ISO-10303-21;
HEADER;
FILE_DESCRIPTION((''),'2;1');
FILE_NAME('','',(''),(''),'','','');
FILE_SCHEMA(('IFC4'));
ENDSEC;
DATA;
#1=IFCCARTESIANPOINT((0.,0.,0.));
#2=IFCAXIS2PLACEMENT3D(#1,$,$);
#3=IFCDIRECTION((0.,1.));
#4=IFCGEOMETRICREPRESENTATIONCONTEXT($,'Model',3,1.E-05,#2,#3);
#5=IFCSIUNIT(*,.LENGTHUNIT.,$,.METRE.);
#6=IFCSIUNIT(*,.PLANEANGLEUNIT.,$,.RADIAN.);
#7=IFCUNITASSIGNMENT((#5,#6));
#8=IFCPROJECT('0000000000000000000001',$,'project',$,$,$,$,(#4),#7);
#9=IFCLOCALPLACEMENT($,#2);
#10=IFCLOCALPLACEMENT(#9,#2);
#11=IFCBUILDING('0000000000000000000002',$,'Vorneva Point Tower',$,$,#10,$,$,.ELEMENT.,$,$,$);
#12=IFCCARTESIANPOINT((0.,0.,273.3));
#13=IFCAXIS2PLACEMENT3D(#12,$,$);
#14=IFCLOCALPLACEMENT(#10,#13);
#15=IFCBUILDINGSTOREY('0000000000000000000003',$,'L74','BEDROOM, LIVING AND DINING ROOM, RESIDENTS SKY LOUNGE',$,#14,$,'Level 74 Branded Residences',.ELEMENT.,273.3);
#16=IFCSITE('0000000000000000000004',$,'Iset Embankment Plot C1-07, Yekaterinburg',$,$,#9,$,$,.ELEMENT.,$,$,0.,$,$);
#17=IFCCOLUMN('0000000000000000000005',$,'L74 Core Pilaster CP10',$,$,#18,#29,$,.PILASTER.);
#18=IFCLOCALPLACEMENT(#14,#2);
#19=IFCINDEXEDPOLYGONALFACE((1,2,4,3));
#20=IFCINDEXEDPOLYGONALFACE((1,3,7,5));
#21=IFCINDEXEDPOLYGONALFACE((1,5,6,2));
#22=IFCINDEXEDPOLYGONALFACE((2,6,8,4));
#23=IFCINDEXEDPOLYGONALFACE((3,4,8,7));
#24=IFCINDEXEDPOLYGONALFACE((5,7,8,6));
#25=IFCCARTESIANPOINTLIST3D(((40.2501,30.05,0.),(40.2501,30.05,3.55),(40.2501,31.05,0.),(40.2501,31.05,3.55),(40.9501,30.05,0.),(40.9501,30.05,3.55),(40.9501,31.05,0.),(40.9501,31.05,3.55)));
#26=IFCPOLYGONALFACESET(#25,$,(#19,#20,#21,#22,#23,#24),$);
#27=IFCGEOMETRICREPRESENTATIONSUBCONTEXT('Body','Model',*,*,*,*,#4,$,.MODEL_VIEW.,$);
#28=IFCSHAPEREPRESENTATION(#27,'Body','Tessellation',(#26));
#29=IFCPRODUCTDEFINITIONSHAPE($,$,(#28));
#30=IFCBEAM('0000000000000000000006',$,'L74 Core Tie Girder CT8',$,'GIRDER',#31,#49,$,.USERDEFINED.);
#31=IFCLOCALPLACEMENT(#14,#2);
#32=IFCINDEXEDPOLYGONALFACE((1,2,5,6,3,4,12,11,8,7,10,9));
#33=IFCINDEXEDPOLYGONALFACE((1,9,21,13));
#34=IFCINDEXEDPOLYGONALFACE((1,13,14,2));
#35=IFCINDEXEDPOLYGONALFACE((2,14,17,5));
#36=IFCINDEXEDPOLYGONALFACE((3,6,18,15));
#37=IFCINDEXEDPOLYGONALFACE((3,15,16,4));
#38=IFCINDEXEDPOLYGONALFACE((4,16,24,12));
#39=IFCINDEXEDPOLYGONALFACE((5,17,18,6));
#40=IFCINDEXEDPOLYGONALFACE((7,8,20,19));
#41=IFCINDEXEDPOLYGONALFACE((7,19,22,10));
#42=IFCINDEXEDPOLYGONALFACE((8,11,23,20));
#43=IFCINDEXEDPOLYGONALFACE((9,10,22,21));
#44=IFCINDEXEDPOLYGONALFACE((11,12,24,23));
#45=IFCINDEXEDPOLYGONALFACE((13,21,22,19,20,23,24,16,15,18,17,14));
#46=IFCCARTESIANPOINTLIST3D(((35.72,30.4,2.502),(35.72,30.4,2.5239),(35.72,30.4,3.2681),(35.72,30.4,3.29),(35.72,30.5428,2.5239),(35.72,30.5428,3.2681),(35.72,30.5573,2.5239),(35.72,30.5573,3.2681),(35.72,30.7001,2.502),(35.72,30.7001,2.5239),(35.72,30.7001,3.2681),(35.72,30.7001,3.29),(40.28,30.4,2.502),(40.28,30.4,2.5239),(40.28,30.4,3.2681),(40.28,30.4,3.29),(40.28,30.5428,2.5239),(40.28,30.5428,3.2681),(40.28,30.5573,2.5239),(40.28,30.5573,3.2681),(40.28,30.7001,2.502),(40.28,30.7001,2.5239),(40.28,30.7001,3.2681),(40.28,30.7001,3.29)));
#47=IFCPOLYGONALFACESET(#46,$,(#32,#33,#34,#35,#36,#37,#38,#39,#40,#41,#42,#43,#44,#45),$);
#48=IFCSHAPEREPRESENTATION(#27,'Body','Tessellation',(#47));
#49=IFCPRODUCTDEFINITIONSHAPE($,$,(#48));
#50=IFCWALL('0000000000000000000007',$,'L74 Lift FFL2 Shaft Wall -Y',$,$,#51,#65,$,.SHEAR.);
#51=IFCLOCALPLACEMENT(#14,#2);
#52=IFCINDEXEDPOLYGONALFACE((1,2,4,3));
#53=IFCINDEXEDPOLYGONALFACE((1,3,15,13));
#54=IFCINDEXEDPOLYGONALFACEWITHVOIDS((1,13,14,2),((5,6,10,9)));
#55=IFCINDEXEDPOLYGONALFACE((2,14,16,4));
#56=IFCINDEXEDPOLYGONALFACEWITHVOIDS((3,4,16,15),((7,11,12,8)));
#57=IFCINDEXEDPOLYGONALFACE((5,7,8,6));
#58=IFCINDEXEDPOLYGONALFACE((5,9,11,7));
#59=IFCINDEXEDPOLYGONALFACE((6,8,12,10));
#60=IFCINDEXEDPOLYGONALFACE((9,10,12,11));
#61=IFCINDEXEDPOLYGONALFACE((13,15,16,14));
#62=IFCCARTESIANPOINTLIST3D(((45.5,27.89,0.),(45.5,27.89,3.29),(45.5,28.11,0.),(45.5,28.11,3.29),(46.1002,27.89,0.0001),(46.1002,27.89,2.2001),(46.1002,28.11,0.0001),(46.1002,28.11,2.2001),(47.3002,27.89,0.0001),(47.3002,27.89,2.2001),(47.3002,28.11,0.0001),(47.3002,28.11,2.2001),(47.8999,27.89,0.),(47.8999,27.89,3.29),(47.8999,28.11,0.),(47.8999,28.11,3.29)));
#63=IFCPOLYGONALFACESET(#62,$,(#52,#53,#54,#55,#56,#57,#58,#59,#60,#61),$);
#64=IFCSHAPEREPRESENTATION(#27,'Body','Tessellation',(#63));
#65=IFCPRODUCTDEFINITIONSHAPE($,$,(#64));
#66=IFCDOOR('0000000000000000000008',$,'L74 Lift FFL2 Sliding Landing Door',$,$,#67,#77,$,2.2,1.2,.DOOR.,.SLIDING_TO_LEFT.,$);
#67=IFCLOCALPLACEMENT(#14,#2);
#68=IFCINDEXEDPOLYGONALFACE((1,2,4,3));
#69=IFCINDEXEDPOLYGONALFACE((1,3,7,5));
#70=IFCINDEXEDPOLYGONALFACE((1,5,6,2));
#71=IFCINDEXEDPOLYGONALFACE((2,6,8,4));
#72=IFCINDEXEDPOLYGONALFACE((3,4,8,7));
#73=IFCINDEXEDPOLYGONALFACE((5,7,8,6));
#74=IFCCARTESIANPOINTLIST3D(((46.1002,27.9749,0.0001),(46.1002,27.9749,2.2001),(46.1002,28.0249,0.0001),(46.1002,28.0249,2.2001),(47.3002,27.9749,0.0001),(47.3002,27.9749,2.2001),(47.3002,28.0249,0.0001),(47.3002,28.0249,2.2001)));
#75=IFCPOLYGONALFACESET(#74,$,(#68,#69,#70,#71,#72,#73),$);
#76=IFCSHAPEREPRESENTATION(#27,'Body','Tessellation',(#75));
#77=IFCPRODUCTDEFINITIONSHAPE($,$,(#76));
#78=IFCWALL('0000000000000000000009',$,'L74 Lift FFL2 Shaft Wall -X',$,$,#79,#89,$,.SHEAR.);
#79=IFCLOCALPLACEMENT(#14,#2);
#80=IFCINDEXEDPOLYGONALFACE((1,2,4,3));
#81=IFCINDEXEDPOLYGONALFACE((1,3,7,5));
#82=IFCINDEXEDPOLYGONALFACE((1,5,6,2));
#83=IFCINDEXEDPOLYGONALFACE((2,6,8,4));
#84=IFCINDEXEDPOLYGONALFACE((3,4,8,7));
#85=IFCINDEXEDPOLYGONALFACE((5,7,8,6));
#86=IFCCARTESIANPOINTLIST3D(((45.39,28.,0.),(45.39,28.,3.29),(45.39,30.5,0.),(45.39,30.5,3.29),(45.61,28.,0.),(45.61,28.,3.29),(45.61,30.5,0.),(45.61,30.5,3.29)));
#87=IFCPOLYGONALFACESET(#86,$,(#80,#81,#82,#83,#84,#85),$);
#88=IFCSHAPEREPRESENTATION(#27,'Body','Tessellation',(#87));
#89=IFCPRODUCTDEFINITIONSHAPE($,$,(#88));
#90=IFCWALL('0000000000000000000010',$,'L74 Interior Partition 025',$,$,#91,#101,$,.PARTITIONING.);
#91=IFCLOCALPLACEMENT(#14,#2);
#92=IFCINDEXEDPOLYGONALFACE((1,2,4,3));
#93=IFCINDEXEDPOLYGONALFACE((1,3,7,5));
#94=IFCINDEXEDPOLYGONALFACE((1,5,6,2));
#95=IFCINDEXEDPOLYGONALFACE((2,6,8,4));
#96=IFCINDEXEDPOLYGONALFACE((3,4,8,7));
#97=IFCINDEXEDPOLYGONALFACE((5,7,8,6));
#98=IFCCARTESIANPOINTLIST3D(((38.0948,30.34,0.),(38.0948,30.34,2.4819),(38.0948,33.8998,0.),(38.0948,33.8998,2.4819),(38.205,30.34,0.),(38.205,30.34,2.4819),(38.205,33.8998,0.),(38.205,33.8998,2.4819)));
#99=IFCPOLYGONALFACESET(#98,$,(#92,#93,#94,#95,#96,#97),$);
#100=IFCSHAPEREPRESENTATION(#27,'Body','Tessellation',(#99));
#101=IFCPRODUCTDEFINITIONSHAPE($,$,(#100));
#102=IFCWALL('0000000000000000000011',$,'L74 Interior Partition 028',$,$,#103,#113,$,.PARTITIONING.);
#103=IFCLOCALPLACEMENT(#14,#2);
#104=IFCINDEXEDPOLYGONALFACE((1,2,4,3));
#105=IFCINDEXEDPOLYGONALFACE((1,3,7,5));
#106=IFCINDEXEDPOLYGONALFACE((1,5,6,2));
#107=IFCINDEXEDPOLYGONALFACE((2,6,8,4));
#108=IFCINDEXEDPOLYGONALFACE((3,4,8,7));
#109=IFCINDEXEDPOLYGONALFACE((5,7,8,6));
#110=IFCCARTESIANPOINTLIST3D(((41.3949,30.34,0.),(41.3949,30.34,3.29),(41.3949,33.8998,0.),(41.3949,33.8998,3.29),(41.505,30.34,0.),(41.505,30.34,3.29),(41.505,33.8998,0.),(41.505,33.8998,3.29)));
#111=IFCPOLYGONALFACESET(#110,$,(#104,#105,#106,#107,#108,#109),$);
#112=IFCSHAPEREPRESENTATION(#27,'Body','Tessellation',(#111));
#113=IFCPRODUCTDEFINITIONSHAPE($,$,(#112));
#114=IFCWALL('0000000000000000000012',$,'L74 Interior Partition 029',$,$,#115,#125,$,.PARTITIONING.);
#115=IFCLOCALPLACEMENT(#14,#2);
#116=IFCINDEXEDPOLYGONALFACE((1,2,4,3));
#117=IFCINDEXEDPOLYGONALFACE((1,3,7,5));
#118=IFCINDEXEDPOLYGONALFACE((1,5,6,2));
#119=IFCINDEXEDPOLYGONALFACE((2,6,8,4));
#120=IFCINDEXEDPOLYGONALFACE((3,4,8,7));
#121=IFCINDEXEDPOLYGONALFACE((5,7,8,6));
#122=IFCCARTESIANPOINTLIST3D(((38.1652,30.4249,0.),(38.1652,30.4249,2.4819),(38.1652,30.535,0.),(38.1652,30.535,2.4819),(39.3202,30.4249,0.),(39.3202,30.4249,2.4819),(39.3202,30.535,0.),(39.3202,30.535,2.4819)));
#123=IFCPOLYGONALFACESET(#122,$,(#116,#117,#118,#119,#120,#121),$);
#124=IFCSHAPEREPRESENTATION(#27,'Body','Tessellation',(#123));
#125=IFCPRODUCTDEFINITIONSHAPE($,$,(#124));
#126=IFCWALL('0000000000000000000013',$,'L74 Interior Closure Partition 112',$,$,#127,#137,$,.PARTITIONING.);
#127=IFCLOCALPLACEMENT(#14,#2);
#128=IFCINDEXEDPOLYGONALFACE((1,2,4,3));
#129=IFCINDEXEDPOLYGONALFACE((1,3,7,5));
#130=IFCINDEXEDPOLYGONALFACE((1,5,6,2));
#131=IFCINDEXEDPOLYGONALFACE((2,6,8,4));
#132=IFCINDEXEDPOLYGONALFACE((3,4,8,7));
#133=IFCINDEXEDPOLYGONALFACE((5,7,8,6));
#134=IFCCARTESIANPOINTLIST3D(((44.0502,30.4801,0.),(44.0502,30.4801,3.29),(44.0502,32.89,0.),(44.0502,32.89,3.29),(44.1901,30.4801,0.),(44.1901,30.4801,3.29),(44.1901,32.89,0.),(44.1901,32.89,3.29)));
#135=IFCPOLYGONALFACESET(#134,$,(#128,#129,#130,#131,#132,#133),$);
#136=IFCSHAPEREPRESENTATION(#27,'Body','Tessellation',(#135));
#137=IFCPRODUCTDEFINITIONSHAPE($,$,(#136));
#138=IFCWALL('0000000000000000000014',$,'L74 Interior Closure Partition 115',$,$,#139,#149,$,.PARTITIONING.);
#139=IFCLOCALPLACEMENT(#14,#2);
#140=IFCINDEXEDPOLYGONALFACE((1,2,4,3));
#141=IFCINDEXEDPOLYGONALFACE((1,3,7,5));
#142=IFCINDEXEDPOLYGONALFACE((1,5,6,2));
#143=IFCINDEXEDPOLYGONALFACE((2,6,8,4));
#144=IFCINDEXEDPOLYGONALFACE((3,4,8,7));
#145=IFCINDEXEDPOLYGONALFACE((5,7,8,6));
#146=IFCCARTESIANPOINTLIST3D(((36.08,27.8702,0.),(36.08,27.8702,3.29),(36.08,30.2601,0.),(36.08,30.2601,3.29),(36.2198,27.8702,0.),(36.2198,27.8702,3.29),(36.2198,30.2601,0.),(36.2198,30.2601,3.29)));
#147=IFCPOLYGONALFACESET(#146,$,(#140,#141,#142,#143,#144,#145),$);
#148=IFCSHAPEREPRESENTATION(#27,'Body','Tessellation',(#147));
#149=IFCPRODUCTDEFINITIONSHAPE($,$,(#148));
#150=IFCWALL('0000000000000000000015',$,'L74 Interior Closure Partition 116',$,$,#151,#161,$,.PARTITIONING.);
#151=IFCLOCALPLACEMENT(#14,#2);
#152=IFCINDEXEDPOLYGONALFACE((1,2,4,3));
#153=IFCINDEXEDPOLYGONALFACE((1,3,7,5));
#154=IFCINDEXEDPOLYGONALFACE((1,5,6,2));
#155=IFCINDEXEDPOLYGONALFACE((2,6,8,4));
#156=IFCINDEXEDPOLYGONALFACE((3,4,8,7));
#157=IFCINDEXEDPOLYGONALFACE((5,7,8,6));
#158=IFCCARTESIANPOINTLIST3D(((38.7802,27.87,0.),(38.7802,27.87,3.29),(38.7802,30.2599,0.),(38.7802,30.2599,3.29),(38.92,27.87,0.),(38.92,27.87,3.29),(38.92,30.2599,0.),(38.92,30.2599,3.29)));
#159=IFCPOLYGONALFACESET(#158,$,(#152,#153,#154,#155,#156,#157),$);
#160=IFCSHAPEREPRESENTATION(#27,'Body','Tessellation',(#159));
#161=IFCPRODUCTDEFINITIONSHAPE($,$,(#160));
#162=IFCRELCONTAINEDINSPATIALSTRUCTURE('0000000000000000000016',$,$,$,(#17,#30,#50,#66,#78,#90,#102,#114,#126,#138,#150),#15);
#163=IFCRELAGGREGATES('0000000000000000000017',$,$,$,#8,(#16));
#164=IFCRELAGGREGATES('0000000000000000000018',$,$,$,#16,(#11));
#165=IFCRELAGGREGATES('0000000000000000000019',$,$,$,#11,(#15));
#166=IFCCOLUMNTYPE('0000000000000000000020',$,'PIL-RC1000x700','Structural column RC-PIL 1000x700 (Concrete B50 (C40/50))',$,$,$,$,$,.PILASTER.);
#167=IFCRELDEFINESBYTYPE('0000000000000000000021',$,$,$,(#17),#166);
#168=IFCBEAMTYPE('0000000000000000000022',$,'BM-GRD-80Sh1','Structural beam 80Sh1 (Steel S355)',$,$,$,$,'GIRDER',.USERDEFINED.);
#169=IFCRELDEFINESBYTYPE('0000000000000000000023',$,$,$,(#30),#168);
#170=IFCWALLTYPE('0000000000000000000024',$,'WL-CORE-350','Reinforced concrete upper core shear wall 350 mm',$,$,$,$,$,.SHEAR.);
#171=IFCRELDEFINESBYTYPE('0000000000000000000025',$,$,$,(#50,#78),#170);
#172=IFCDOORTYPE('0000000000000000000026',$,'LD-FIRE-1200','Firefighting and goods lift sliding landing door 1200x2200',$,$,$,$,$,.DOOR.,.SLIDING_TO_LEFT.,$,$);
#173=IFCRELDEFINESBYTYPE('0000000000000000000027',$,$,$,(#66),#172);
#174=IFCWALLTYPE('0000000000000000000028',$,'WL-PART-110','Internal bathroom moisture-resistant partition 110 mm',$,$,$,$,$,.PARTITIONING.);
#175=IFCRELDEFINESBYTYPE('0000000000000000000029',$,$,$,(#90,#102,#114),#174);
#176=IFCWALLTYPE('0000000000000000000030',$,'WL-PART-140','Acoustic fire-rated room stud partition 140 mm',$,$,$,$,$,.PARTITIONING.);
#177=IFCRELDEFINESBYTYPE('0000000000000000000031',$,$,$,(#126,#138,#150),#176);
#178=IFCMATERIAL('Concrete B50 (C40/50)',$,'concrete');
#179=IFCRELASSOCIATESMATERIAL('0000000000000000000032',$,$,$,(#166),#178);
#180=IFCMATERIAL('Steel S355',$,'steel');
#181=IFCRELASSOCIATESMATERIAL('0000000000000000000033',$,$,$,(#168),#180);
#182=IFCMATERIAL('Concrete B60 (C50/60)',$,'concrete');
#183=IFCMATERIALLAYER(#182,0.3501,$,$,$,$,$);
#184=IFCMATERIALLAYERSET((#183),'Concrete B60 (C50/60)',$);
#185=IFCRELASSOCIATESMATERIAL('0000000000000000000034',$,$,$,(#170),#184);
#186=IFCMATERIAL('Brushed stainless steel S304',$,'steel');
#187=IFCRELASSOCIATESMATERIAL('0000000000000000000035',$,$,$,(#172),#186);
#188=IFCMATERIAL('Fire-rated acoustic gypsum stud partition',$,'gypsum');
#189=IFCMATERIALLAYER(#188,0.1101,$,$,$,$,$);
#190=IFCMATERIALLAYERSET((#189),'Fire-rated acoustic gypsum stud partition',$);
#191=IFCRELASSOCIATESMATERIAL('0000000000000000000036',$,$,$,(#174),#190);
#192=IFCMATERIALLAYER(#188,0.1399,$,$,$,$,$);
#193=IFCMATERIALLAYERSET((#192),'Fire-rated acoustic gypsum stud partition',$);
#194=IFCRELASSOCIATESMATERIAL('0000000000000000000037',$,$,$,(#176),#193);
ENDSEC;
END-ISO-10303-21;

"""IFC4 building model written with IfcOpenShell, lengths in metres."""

from ifc_helpers import new_model, si_unit, direction, frame, frame_2d, origin, origin_2d, place, context, subcontext, project, spatial, rectangle, i_section, extrude, material, layer, layer_set, material_profile, profile_set, type_object, element, fill, save


model = new_model("IFC4")

# Units and contexts
model_context = context("Model", 3, precision=1e-05, world=origin(), true_north=direction((0.0, 1.0)))
body_context = subcontext(model_context, "Body", "Model", "MODEL_VIEW")
ifc_project = project(units=[si_unit("LENGTHUNIT", "METRE"), si_unit("PLANEANGLEUNIT", "RADIAN")], contexts=[model_context])

# Site, building, storey
site_placement = place(None, origin())
site = spatial("IfcSite", under=ifc_project, at=site_placement, Name="Iset Embankment Plot C1-07, Yekaterinburg", CompositionType="ELEMENT", RefElevation=0.0)
building_placement = place(site_placement, origin())
building = spatial("IfcBuilding", under=site, at=building_placement, Name="Vorneva Point Tower", CompositionType="ELEMENT")
storey_placement = place(building_placement, frame((0.0, 0.0, 273.3)))
storey = spatial("IfcBuildingStorey", under=building, at=storey_placement, Name="L74", Description="BEDROOM, LIVING AND DINING ROOM, RESIDENTS SKY LOUNGE", LongName="Level 74 Branded Residences", CompositionType="ELEMENT", Elevation=273.3)

# Column
ifc_material_1 = material(Name="Concrete B50 (C40/50)", Category="concrete")
ifc_material_profile_1 = material_profile(ifc_material_1, rectangle(XDim=0.7, YDim=1.0, at=origin_2d()), Name="RC-PIL 1000x700")
ifc_profile_set_1 = profile_set([ifc_material_profile_1], Name="Concrete B50 (C40/50)")
column_type = type_object("IfcColumnType", Name="PIL-RC1000x700", Description="Structural column RC-PIL 1000x700 (Concrete B50 (C40/50))", PredefinedType="PILASTER", material=ifc_profile_set_1)
column_placement = place(storey_placement, frame((40.6001, 30.55, 0.0), z_axis=(0.0, 0.0, 1.0), x_axis=(1.0, 0.0, 0.0)))
element("IfcColumn", 1, at=column_placement, inside=storey, type_object=column_type, Name="L74 Core Pilaster CP10", PredefinedType="PILASTER", context=body_context, shape_type="SweptSolid", body=[
    extrude(rectangle(XDim=0.7, YDim=1.0, at=origin_2d()), origin(), (0.0, 0.0, 1.0), 3.55),
])

# Beam
ifc_material_2 = material(Name="Steel S355", Category="steel")
ifc_material_profile_2 = material_profile(ifc_material_2, i_section(OverallWidth=0.3, OverallDepth=0.7881, WebThickness=0.0144, FlangeThickness=0.022, at=origin_2d()), Name="80Sh1")
ifc_profile_set_2 = profile_set([ifc_material_profile_2], Name="Steel S355")
beam_type = type_object("IfcBeamType", Name="BM-GRD-80Sh1", Description="Structural beam 80Sh1 (Steel S355)", ElementType="GIRDER", PredefinedType="USERDEFINED", material=ifc_profile_set_2)
beam_placement = place(storey_placement, frame((35.72, 30.55, 2.896), z_axis=(1.0, 0.0, 0.0), x_axis=(0.0, 1.0, 0.0)))
element("IfcBeam", 2, at=beam_placement, inside=storey, type_object=beam_type, Name="L74 Core Tie Girder CT8", ObjectType="GIRDER", PredefinedType="USERDEFINED", context=body_context, shape_type="SweptSolid", body=[
    extrude(i_section(OverallWidth=0.3, OverallDepth=0.7881, WebThickness=0.0144, FlangeThickness=0.022, at=origin_2d()), origin(), (0.0, 0.0, 1.0), 4.5601),
])

# Wall, opening, door
ifc_material_3 = material(Name="Concrete B60 (C50/60)", Category="concrete")
ifc_layer_1 = layer(ifc_material_3, 0.3501)
ifc_layer_set_1 = layer_set([ifc_layer_1], Name="Concrete B60 (C50/60)")
wall_type_1 = type_object("IfcWallType", Name="WL-CORE-350", Description="Reinforced concrete upper core shear wall 350 mm", PredefinedType="SHEAR", material=ifc_layer_set_1)
wall_1_placement = place(storey_placement, frame((45.5, 28.0, 0.0), z_axis=(0.0, 0.0, 1.0), x_axis=(1.0, 0.0, 0.0)))
wall_1 = element("IfcWall", 3, at=wall_1_placement, inside=storey, type_object=wall_type_1, Name="L74 Lift FFL2 Shaft Wall -Y", PredefinedType="SHEAR", context=body_context, shape_type="SweptSolid", body=[
    extrude(rectangle(XDim=2.3999, YDim=0.22, at=frame_2d((1.2, 0.0))), origin(), (0.0, 0.0, 1.0), 3.29),
])
opening_1_placement = place(wall_1_placement, frame((0.6001, 0.0, 0.0)))
opening_1 = element("IfcOpeningElement", 4, at=opening_1_placement, cuts=wall_1, PredefinedType="OPENING", context=body_context, shape_type="SweptSolid", body=[
    extrude(rectangle(XDim=1.2, YDim=2.2, at=frame_2d((0.6001, 1.1001))), frame((0.0, 0.125, 0.0), z_axis=(0.0, -1.0, 0.0), x_axis=(1.0, 0.0, 0.0)), (0.0, 0.0, 1.0), 0.2498),
])
ifc_material_4 = material(Name="Brushed stainless steel S304", Category="steel")
door_type_1 = type_object("IfcDoorType", Name="LD-FIRE-1200", Description="Firefighting and goods lift sliding landing door 1200x2200", OperationType="SLIDING_TO_LEFT", PredefinedType="DOOR", material=ifc_material_4)
door_1_placement = place(opening_1_placement, origin())
door_1 = element("IfcDoor", 5, at=door_1_placement, inside=storey, type_object=door_type_1, Name="L74 Lift FFL2 Sliding Landing Door", OperationType="SLIDING_TO_LEFT", OverallHeight=2.2, OverallWidth=1.2, PredefinedType="DOOR", context=body_context, shape_type="SweptSolid", body=[
    extrude(rectangle(XDim=1.2, YDim=2.2, at=frame_2d((0.6001, 1.1001))), frame((0.0, 0.0249, 0.0), z_axis=(0.0, -1.0, 0.0), x_axis=(1.0, 0.0, 0.0)), (0.0, 0.0, 1.0), 0.05),
])
fill(opening_1, door_1)

# Walls
wall_2_placement = place(storey_placement, frame((45.5, 30.5, 0.0), z_axis=(0.0, 0.0, 1.0), x_axis=(0.0, -1.0, 0.0)))
element("IfcWall", 6, at=wall_2_placement, inside=storey, type_object=wall_type_1, Name="L74 Lift FFL2 Shaft Wall -X", PredefinedType="SHEAR", context=body_context, shape_type="SweptSolid", body=[
    extrude(rectangle(XDim=2.5, YDim=0.22, at=frame_2d((1.25, 0.0))), origin(), (0.0, 0.0, 1.0), 3.29),
])
ifc_material_5 = material(Name="Fire-rated acoustic gypsum stud partition", Category="gypsum")
ifc_layer_2 = layer(ifc_material_5, 0.1101)
ifc_layer_set_2 = layer_set([ifc_layer_2], Name="Fire-rated acoustic gypsum stud partition")
wall_type_2 = type_object("IfcWallType", Name="WL-PART-110", Description="Internal bathroom moisture-resistant partition 110 mm", PredefinedType="PARTITIONING", material=ifc_layer_set_2)
wall_3_placement = place(storey_placement, frame((38.1499, 30.3401, 0.0), z_axis=(0.0, 0.0, 1.0), x_axis=(0.0, 1.0, 0.0)))
element("IfcWall", 7, at=wall_3_placement, inside=storey, type_object=wall_type_2, Name="L74 Interior Partition 025", PredefinedType="PARTITIONING", context=body_context, shape_type="SweptSolid", body=[
    extrude(rectangle(XDim=3.5598, YDim=0.1101, at=frame_2d((1.7798, 0.0))), origin(), (0.0, 0.0, 1.0), 2.4819),
])
wall_4_placement = place(storey_placement, frame((41.45, 30.3401, 0.0), z_axis=(0.0, 0.0, 1.0), x_axis=(0.0, 1.0, 0.0)))
element("IfcWall", 8, at=wall_4_placement, inside=storey, type_object=wall_type_2, Name="L74 Interior Partition 028", PredefinedType="PARTITIONING", context=body_context, shape_type="SweptSolid", body=[
    extrude(rectangle(XDim=3.5598, YDim=0.1101, at=frame_2d((1.7798, 0.0))), origin(), (0.0, 0.0, 1.0), 3.29),
])
wall_5_placement = place(storey_placement, frame((38.165, 30.48, 0.0), z_axis=(0.0, 0.0, 1.0), x_axis=(1.0, 0.0, 0.0)))
element("IfcWall", 9, at=wall_5_placement, inside=storey, type_object=wall_type_2, Name="L74 Interior Partition 029", PredefinedType="PARTITIONING", context=body_context, shape_type="SweptSolid", body=[
    extrude(rectangle(XDim=1.155, YDim=0.1101, at=frame_2d((0.5776, 0.0))), origin(), (0.0, 0.0, 1.0), 2.4819),
])
ifc_layer_3 = layer(ifc_material_5, 0.1399)
ifc_layer_set_3 = layer_set([ifc_layer_3], Name="Fire-rated acoustic gypsum stud partition")
wall_type_3 = type_object("IfcWallType", Name="WL-PART-140", Description="Acoustic fire-rated room stud partition 140 mm", PredefinedType="PARTITIONING", material=ifc_layer_set_3)
wall_6_placement = place(storey_placement, frame((44.1201, 30.48, 0.0), z_axis=(0.0, 0.0, 1.0), x_axis=(0.0, 1.0, 0.0)))
element("IfcWall", 10, at=wall_6_placement, inside=storey, type_object=wall_type_3, Name="L74 Interior Closure Partition 112", PredefinedType="PARTITIONING", context=body_context, shape_type="SweptSolid", body=[
    extrude(rectangle(XDim=2.4099, YDim=0.1399, at=frame_2d((1.2051, 0.0))), origin(), (0.0, 0.0, 1.0), 3.29),
])
for number, where, z_axis, x_axis, name in (
    (11, (36.1499, 30.26, 0.0), (0.0, 0.0, 1.0), (0.0, -1.0, 0.0), "L74 Interior Closure Partition 115"),
    (12, (38.8501, 27.8701, 0.0), (0.0, 0.0, 1.0), (0.0, 1.0, 0.0), "L74 Interior Closure Partition 116"),
):
    element("IfcWall", number, at=place(storey_placement, frame(where, z_axis=z_axis, x_axis=x_axis)), inside=storey, type_object=wall_type_3, Name=name, PredefinedType="PARTITIONING", context=body_context, shape_type="SweptSolid", body=[
        extrude(rectangle(XDim=2.3899, YDim=0.1399, at=frame_2d((1.1948, 0.0))), origin(), (0.0, 0.0, 1.0), 3.29),
    ])

save(model, "model.ifc")
